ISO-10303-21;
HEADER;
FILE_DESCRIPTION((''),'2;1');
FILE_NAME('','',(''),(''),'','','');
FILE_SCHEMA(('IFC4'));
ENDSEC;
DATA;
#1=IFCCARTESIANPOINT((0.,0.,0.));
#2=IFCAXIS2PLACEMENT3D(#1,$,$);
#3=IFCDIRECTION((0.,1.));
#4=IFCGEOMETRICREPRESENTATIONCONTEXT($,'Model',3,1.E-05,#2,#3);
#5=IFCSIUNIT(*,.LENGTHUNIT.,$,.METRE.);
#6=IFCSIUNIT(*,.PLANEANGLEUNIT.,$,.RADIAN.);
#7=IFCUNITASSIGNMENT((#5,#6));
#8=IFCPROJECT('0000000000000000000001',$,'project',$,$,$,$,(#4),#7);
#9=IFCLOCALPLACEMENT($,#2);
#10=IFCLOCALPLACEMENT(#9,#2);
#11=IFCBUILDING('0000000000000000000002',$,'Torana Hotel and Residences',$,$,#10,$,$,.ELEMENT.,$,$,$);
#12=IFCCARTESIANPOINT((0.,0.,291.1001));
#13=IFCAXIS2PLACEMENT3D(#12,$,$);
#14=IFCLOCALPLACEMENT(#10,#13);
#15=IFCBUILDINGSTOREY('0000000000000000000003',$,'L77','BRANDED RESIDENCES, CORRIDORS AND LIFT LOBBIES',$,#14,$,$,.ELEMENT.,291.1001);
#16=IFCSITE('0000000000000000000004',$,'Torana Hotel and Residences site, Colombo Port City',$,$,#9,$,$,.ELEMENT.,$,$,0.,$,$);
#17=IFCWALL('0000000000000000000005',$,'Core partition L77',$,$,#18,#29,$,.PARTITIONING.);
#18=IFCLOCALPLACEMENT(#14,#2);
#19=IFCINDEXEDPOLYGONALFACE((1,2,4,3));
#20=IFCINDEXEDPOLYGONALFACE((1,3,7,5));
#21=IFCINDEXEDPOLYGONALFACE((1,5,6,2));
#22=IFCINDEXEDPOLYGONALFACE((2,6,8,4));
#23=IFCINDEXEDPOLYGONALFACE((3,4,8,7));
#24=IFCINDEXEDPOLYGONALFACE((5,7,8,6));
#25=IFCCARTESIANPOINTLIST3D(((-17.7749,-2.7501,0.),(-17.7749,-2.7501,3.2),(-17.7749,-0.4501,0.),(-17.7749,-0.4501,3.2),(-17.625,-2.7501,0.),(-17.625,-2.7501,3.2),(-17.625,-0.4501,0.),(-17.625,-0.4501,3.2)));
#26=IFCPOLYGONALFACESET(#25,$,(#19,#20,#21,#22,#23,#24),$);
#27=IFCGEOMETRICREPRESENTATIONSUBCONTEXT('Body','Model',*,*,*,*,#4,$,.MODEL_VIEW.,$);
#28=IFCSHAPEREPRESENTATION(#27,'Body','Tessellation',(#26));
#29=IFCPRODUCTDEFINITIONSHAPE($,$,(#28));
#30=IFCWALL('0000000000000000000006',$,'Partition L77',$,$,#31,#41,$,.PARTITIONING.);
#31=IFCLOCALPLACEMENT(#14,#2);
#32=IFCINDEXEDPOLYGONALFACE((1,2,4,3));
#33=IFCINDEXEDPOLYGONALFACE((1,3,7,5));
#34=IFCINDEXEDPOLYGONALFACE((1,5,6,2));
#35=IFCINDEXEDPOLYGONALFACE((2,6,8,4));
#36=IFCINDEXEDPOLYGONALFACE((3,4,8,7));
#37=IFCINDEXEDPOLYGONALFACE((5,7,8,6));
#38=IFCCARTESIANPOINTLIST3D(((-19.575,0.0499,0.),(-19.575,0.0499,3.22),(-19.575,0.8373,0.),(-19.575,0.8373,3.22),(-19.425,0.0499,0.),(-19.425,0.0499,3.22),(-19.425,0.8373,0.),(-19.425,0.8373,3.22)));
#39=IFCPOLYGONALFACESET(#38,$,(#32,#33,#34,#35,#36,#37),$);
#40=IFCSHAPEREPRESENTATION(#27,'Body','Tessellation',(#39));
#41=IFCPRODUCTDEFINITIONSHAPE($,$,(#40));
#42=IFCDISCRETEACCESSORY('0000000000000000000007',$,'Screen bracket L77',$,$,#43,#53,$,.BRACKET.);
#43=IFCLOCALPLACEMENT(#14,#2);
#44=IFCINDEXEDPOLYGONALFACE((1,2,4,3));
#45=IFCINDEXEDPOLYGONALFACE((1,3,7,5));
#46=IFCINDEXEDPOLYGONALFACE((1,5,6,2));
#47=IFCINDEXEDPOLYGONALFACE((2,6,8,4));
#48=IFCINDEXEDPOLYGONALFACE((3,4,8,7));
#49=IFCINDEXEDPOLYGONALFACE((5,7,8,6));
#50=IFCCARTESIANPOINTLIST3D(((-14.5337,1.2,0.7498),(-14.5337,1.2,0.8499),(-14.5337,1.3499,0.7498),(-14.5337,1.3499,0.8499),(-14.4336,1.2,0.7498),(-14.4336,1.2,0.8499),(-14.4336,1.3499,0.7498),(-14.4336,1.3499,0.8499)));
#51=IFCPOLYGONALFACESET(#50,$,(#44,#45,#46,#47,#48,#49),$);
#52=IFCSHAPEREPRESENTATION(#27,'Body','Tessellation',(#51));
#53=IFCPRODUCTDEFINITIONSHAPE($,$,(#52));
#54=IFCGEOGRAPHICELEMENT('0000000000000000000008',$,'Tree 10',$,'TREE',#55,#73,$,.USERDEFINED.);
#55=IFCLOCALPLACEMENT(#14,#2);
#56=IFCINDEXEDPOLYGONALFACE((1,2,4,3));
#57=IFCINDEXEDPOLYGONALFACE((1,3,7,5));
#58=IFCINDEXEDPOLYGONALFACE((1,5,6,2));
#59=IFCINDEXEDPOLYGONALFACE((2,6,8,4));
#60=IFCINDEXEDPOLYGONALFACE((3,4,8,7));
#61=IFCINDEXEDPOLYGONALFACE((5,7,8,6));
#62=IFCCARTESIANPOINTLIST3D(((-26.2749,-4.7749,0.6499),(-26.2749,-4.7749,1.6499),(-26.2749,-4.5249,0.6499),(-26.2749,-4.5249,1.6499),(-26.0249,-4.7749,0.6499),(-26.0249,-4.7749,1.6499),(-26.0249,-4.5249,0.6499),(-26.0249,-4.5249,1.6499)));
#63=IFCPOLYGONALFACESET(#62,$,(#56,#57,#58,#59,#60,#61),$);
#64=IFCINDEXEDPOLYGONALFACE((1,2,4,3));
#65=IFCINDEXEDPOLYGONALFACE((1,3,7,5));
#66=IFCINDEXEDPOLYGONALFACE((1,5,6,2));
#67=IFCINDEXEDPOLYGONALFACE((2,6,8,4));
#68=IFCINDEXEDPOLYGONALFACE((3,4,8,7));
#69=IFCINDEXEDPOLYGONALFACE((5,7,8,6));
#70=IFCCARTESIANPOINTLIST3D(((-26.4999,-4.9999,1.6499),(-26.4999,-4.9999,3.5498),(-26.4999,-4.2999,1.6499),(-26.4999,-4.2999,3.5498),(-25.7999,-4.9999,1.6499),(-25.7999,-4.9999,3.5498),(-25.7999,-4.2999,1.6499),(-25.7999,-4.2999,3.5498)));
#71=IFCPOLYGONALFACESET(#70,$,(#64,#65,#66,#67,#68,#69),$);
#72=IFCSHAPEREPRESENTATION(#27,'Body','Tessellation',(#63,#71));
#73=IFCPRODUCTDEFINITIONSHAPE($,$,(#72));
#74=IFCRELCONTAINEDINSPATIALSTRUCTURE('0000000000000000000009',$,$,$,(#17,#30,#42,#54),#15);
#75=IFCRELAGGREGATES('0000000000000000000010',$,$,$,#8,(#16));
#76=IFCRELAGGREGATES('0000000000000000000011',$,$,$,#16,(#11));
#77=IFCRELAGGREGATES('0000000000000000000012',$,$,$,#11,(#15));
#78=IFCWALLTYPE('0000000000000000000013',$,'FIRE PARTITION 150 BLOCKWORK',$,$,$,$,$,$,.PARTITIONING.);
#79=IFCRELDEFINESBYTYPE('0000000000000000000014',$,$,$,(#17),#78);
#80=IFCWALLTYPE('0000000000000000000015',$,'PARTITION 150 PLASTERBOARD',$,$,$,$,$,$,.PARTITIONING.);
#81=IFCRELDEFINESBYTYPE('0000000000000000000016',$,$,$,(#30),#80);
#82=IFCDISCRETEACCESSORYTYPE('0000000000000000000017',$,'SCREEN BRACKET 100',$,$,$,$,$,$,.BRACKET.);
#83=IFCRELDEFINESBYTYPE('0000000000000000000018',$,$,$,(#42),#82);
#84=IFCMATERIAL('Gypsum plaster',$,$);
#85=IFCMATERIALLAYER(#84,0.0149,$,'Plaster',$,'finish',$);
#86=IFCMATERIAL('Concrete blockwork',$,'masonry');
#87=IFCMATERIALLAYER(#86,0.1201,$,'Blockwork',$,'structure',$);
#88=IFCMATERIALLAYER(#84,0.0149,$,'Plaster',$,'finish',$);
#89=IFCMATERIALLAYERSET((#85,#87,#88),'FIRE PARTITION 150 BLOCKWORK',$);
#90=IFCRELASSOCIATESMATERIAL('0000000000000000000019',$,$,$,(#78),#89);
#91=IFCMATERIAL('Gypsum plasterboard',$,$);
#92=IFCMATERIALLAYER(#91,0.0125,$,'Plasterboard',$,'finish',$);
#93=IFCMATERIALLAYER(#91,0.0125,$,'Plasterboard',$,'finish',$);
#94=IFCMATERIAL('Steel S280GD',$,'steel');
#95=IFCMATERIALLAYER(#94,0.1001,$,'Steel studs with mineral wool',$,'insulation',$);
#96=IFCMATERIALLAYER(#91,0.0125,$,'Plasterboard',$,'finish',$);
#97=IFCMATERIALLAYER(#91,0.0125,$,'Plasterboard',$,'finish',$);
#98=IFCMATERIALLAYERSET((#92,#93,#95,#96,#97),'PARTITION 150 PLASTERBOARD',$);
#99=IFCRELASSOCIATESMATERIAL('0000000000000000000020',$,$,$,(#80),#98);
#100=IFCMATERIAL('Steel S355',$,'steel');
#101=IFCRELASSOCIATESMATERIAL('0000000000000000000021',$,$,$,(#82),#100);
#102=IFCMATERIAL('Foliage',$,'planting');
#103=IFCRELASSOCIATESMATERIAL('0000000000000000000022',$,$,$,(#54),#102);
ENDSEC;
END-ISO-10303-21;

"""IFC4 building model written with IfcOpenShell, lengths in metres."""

from ifc_helpers import new_model, si_unit, direction, frame, frame_2d, origin, origin_2d, place, context, subcontext, project, spatial, rectangle, extrude, material, layer, layer_set, type_object, element, save


model = new_model("IFC4")

# Units and contexts
model_context = context("Model", 3, precision=1e-05, world=origin(), true_north=direction((0.0, 1.0)))
body_context = subcontext(model_context, "Body", "Model", "MODEL_VIEW")
ifc_project = project(units=[si_unit("LENGTHUNIT", "METRE"), si_unit("PLANEANGLEUNIT", "RADIAN")], contexts=[model_context])

# Site, building, storey
site_placement = place(None, origin())
site = spatial("IfcSite", under=ifc_project, at=site_placement, Name="Torana Hotel and Residences site, Colombo Port City", CompositionType="ELEMENT", RefElevation=0.0)
building_placement = place(site_placement, origin())
building = spatial("IfcBuilding", under=site, at=building_placement, Name="Torana Hotel and Residences", CompositionType="ELEMENT")
storey_placement = place(building_placement, frame((0.0, 0.0, 291.1001)))
storey = spatial("IfcBuildingStorey", under=building, at=storey_placement, Name="L77", Description="BRANDED RESIDENCES, CORRIDORS AND LIFT LOBBIES", CompositionType="ELEMENT", Elevation=291.1001)

# Shared definitions
ifc_material_1 = material(Name="Steel S280GD", Category="steel")

# Walls
ifc_material_2 = material(Name="Gypsum plaster")
ifc_layer_1 = layer(ifc_material_2, 0.0149, Name="Plaster", Category="finish")
ifc_material_3 = material(Name="Concrete blockwork", Category="masonry")
ifc_layer_2 = layer(ifc_material_3, 0.1201, Name="Blockwork", Category="structure")
ifc_layer_3 = layer(ifc_material_2, 0.0149, Name="Plaster", Category="finish")
ifc_layer_set_1 = layer_set([ifc_layer_1, ifc_layer_2, ifc_layer_3], Name="FIRE PARTITION 150 BLOCKWORK")
wall_type_1 = type_object("IfcWallType", Name="FIRE PARTITION 150 BLOCKWORK", PredefinedType="PARTITIONING", material=ifc_layer_set_1)
wall_1_placement = place(storey_placement, frame((-17.7, -2.75, 0.0), z_axis=(0.0, 0.0, 1.0), x_axis=(0.0, 1.0, 0.0)))
element("IfcWall", 1, at=wall_1_placement, inside=storey, type_object=wall_type_1, Name="Core partition L77", PredefinedType="PARTITIONING", context=body_context, shape_type="SweptSolid", body=[
    extrude(rectangle(XDim=2.3, YDim=0.1499, at=frame_2d((1.1499, 0.0))), origin(), (0.0, 0.0, 1.0), 3.2),
])
ifc_material_4 = material(Name="Gypsum plasterboard")
ifc_layer_4 = layer(ifc_material_4, 0.0125, Name="Plasterboard", Category="finish")
ifc_layer_5 = layer(ifc_material_4, 0.0125, Name="Plasterboard", Category="finish")
ifc_layer_6 = layer(ifc_material_1, 0.1001, Name="Steel studs with mineral wool", Category="insulation")
ifc_layer_7 = layer(ifc_material_4, 0.0125, Name="Plasterboard", Category="finish")
ifc_layer_8 = layer(ifc_material_4, 0.0125, Name="Plasterboard", Category="finish")
ifc_layer_set_2 = layer_set([ifc_layer_4, ifc_layer_5, ifc_layer_6, ifc_layer_7, ifc_layer_8], Name="PARTITION 150 PLASTERBOARD")
wall_type_2 = type_object("IfcWallType", Name="PARTITION 150 PLASTERBOARD", PredefinedType="PARTITIONING", material=ifc_layer_set_2)
wall_2_placement = place(storey_placement, frame((-19.5, 0.05, 0.0), z_axis=(0.0, 0.0, 1.0), x_axis=(0.0, 1.0, 0.0)))
element("IfcWall", 2, at=wall_2_placement, inside=storey, type_object=wall_type_2, Name="Partition L77", PredefinedType="PARTITIONING", context=body_context, shape_type="SweptSolid", body=[
    extrude(rectangle(XDim=0.7874, YDim=0.1499, at=frame_2d((0.3936, 0.0))), origin(), (0.0, 0.0, 1.0), 3.22),
])

# Discrete accessory
ifc_material_5 = material(Name="Steel S355", Category="steel")
discrete_accessory_type = type_object("IfcDiscreteAccessoryType", Name="SCREEN BRACKET 100", PredefinedType="BRACKET", material=ifc_material_5)
discrete_accessory_placement = place(storey_placement, frame((-14.4836, 1.2749, 0.7498), z_axis=(0.0, 0.0, 1.0), x_axis=(-1.0, 0.0, 0.0)))
element("IfcDiscreteAccessory", 3, at=discrete_accessory_placement, inside=storey, type_object=discrete_accessory_type, Name="Screen bracket L77", PredefinedType="BRACKET", context=body_context, shape_type="SweptSolid", body=[
    extrude(rectangle(XDim=0.1001, YDim=0.1499, at=origin_2d()), origin(), (0.0, 0.0, 1.0), 0.1001),
])

# Geographic element
ifc_material_6 = material(Name="Foliage", Category="planting")
geographic_element_placement = place(storey_placement, frame((-26.1499, -4.6499, 0.6499), z_axis=(0.0, 0.0, 1.0), x_axis=(1.0, 0.0, 0.0)))
element("IfcGeographicElement", 4, at=geographic_element_placement, inside=storey, material=ifc_material_6, Name="Tree 10", ObjectType="TREE", PredefinedType="USERDEFINED", context=body_context, shape_type="SweptSolid", body=[
    extrude(rectangle(XDim=0.25, YDim=0.25, at=origin_2d()), origin(), (0.0, 0.0, 1.0), 1.0),
    extrude(rectangle(XDim=0.7, YDim=0.7, at=origin_2d()), frame((0.0, 0.0, 1.0)), (0.0, 0.0, 1.0), 1.8999),
])

save(model, "model.ifc")
